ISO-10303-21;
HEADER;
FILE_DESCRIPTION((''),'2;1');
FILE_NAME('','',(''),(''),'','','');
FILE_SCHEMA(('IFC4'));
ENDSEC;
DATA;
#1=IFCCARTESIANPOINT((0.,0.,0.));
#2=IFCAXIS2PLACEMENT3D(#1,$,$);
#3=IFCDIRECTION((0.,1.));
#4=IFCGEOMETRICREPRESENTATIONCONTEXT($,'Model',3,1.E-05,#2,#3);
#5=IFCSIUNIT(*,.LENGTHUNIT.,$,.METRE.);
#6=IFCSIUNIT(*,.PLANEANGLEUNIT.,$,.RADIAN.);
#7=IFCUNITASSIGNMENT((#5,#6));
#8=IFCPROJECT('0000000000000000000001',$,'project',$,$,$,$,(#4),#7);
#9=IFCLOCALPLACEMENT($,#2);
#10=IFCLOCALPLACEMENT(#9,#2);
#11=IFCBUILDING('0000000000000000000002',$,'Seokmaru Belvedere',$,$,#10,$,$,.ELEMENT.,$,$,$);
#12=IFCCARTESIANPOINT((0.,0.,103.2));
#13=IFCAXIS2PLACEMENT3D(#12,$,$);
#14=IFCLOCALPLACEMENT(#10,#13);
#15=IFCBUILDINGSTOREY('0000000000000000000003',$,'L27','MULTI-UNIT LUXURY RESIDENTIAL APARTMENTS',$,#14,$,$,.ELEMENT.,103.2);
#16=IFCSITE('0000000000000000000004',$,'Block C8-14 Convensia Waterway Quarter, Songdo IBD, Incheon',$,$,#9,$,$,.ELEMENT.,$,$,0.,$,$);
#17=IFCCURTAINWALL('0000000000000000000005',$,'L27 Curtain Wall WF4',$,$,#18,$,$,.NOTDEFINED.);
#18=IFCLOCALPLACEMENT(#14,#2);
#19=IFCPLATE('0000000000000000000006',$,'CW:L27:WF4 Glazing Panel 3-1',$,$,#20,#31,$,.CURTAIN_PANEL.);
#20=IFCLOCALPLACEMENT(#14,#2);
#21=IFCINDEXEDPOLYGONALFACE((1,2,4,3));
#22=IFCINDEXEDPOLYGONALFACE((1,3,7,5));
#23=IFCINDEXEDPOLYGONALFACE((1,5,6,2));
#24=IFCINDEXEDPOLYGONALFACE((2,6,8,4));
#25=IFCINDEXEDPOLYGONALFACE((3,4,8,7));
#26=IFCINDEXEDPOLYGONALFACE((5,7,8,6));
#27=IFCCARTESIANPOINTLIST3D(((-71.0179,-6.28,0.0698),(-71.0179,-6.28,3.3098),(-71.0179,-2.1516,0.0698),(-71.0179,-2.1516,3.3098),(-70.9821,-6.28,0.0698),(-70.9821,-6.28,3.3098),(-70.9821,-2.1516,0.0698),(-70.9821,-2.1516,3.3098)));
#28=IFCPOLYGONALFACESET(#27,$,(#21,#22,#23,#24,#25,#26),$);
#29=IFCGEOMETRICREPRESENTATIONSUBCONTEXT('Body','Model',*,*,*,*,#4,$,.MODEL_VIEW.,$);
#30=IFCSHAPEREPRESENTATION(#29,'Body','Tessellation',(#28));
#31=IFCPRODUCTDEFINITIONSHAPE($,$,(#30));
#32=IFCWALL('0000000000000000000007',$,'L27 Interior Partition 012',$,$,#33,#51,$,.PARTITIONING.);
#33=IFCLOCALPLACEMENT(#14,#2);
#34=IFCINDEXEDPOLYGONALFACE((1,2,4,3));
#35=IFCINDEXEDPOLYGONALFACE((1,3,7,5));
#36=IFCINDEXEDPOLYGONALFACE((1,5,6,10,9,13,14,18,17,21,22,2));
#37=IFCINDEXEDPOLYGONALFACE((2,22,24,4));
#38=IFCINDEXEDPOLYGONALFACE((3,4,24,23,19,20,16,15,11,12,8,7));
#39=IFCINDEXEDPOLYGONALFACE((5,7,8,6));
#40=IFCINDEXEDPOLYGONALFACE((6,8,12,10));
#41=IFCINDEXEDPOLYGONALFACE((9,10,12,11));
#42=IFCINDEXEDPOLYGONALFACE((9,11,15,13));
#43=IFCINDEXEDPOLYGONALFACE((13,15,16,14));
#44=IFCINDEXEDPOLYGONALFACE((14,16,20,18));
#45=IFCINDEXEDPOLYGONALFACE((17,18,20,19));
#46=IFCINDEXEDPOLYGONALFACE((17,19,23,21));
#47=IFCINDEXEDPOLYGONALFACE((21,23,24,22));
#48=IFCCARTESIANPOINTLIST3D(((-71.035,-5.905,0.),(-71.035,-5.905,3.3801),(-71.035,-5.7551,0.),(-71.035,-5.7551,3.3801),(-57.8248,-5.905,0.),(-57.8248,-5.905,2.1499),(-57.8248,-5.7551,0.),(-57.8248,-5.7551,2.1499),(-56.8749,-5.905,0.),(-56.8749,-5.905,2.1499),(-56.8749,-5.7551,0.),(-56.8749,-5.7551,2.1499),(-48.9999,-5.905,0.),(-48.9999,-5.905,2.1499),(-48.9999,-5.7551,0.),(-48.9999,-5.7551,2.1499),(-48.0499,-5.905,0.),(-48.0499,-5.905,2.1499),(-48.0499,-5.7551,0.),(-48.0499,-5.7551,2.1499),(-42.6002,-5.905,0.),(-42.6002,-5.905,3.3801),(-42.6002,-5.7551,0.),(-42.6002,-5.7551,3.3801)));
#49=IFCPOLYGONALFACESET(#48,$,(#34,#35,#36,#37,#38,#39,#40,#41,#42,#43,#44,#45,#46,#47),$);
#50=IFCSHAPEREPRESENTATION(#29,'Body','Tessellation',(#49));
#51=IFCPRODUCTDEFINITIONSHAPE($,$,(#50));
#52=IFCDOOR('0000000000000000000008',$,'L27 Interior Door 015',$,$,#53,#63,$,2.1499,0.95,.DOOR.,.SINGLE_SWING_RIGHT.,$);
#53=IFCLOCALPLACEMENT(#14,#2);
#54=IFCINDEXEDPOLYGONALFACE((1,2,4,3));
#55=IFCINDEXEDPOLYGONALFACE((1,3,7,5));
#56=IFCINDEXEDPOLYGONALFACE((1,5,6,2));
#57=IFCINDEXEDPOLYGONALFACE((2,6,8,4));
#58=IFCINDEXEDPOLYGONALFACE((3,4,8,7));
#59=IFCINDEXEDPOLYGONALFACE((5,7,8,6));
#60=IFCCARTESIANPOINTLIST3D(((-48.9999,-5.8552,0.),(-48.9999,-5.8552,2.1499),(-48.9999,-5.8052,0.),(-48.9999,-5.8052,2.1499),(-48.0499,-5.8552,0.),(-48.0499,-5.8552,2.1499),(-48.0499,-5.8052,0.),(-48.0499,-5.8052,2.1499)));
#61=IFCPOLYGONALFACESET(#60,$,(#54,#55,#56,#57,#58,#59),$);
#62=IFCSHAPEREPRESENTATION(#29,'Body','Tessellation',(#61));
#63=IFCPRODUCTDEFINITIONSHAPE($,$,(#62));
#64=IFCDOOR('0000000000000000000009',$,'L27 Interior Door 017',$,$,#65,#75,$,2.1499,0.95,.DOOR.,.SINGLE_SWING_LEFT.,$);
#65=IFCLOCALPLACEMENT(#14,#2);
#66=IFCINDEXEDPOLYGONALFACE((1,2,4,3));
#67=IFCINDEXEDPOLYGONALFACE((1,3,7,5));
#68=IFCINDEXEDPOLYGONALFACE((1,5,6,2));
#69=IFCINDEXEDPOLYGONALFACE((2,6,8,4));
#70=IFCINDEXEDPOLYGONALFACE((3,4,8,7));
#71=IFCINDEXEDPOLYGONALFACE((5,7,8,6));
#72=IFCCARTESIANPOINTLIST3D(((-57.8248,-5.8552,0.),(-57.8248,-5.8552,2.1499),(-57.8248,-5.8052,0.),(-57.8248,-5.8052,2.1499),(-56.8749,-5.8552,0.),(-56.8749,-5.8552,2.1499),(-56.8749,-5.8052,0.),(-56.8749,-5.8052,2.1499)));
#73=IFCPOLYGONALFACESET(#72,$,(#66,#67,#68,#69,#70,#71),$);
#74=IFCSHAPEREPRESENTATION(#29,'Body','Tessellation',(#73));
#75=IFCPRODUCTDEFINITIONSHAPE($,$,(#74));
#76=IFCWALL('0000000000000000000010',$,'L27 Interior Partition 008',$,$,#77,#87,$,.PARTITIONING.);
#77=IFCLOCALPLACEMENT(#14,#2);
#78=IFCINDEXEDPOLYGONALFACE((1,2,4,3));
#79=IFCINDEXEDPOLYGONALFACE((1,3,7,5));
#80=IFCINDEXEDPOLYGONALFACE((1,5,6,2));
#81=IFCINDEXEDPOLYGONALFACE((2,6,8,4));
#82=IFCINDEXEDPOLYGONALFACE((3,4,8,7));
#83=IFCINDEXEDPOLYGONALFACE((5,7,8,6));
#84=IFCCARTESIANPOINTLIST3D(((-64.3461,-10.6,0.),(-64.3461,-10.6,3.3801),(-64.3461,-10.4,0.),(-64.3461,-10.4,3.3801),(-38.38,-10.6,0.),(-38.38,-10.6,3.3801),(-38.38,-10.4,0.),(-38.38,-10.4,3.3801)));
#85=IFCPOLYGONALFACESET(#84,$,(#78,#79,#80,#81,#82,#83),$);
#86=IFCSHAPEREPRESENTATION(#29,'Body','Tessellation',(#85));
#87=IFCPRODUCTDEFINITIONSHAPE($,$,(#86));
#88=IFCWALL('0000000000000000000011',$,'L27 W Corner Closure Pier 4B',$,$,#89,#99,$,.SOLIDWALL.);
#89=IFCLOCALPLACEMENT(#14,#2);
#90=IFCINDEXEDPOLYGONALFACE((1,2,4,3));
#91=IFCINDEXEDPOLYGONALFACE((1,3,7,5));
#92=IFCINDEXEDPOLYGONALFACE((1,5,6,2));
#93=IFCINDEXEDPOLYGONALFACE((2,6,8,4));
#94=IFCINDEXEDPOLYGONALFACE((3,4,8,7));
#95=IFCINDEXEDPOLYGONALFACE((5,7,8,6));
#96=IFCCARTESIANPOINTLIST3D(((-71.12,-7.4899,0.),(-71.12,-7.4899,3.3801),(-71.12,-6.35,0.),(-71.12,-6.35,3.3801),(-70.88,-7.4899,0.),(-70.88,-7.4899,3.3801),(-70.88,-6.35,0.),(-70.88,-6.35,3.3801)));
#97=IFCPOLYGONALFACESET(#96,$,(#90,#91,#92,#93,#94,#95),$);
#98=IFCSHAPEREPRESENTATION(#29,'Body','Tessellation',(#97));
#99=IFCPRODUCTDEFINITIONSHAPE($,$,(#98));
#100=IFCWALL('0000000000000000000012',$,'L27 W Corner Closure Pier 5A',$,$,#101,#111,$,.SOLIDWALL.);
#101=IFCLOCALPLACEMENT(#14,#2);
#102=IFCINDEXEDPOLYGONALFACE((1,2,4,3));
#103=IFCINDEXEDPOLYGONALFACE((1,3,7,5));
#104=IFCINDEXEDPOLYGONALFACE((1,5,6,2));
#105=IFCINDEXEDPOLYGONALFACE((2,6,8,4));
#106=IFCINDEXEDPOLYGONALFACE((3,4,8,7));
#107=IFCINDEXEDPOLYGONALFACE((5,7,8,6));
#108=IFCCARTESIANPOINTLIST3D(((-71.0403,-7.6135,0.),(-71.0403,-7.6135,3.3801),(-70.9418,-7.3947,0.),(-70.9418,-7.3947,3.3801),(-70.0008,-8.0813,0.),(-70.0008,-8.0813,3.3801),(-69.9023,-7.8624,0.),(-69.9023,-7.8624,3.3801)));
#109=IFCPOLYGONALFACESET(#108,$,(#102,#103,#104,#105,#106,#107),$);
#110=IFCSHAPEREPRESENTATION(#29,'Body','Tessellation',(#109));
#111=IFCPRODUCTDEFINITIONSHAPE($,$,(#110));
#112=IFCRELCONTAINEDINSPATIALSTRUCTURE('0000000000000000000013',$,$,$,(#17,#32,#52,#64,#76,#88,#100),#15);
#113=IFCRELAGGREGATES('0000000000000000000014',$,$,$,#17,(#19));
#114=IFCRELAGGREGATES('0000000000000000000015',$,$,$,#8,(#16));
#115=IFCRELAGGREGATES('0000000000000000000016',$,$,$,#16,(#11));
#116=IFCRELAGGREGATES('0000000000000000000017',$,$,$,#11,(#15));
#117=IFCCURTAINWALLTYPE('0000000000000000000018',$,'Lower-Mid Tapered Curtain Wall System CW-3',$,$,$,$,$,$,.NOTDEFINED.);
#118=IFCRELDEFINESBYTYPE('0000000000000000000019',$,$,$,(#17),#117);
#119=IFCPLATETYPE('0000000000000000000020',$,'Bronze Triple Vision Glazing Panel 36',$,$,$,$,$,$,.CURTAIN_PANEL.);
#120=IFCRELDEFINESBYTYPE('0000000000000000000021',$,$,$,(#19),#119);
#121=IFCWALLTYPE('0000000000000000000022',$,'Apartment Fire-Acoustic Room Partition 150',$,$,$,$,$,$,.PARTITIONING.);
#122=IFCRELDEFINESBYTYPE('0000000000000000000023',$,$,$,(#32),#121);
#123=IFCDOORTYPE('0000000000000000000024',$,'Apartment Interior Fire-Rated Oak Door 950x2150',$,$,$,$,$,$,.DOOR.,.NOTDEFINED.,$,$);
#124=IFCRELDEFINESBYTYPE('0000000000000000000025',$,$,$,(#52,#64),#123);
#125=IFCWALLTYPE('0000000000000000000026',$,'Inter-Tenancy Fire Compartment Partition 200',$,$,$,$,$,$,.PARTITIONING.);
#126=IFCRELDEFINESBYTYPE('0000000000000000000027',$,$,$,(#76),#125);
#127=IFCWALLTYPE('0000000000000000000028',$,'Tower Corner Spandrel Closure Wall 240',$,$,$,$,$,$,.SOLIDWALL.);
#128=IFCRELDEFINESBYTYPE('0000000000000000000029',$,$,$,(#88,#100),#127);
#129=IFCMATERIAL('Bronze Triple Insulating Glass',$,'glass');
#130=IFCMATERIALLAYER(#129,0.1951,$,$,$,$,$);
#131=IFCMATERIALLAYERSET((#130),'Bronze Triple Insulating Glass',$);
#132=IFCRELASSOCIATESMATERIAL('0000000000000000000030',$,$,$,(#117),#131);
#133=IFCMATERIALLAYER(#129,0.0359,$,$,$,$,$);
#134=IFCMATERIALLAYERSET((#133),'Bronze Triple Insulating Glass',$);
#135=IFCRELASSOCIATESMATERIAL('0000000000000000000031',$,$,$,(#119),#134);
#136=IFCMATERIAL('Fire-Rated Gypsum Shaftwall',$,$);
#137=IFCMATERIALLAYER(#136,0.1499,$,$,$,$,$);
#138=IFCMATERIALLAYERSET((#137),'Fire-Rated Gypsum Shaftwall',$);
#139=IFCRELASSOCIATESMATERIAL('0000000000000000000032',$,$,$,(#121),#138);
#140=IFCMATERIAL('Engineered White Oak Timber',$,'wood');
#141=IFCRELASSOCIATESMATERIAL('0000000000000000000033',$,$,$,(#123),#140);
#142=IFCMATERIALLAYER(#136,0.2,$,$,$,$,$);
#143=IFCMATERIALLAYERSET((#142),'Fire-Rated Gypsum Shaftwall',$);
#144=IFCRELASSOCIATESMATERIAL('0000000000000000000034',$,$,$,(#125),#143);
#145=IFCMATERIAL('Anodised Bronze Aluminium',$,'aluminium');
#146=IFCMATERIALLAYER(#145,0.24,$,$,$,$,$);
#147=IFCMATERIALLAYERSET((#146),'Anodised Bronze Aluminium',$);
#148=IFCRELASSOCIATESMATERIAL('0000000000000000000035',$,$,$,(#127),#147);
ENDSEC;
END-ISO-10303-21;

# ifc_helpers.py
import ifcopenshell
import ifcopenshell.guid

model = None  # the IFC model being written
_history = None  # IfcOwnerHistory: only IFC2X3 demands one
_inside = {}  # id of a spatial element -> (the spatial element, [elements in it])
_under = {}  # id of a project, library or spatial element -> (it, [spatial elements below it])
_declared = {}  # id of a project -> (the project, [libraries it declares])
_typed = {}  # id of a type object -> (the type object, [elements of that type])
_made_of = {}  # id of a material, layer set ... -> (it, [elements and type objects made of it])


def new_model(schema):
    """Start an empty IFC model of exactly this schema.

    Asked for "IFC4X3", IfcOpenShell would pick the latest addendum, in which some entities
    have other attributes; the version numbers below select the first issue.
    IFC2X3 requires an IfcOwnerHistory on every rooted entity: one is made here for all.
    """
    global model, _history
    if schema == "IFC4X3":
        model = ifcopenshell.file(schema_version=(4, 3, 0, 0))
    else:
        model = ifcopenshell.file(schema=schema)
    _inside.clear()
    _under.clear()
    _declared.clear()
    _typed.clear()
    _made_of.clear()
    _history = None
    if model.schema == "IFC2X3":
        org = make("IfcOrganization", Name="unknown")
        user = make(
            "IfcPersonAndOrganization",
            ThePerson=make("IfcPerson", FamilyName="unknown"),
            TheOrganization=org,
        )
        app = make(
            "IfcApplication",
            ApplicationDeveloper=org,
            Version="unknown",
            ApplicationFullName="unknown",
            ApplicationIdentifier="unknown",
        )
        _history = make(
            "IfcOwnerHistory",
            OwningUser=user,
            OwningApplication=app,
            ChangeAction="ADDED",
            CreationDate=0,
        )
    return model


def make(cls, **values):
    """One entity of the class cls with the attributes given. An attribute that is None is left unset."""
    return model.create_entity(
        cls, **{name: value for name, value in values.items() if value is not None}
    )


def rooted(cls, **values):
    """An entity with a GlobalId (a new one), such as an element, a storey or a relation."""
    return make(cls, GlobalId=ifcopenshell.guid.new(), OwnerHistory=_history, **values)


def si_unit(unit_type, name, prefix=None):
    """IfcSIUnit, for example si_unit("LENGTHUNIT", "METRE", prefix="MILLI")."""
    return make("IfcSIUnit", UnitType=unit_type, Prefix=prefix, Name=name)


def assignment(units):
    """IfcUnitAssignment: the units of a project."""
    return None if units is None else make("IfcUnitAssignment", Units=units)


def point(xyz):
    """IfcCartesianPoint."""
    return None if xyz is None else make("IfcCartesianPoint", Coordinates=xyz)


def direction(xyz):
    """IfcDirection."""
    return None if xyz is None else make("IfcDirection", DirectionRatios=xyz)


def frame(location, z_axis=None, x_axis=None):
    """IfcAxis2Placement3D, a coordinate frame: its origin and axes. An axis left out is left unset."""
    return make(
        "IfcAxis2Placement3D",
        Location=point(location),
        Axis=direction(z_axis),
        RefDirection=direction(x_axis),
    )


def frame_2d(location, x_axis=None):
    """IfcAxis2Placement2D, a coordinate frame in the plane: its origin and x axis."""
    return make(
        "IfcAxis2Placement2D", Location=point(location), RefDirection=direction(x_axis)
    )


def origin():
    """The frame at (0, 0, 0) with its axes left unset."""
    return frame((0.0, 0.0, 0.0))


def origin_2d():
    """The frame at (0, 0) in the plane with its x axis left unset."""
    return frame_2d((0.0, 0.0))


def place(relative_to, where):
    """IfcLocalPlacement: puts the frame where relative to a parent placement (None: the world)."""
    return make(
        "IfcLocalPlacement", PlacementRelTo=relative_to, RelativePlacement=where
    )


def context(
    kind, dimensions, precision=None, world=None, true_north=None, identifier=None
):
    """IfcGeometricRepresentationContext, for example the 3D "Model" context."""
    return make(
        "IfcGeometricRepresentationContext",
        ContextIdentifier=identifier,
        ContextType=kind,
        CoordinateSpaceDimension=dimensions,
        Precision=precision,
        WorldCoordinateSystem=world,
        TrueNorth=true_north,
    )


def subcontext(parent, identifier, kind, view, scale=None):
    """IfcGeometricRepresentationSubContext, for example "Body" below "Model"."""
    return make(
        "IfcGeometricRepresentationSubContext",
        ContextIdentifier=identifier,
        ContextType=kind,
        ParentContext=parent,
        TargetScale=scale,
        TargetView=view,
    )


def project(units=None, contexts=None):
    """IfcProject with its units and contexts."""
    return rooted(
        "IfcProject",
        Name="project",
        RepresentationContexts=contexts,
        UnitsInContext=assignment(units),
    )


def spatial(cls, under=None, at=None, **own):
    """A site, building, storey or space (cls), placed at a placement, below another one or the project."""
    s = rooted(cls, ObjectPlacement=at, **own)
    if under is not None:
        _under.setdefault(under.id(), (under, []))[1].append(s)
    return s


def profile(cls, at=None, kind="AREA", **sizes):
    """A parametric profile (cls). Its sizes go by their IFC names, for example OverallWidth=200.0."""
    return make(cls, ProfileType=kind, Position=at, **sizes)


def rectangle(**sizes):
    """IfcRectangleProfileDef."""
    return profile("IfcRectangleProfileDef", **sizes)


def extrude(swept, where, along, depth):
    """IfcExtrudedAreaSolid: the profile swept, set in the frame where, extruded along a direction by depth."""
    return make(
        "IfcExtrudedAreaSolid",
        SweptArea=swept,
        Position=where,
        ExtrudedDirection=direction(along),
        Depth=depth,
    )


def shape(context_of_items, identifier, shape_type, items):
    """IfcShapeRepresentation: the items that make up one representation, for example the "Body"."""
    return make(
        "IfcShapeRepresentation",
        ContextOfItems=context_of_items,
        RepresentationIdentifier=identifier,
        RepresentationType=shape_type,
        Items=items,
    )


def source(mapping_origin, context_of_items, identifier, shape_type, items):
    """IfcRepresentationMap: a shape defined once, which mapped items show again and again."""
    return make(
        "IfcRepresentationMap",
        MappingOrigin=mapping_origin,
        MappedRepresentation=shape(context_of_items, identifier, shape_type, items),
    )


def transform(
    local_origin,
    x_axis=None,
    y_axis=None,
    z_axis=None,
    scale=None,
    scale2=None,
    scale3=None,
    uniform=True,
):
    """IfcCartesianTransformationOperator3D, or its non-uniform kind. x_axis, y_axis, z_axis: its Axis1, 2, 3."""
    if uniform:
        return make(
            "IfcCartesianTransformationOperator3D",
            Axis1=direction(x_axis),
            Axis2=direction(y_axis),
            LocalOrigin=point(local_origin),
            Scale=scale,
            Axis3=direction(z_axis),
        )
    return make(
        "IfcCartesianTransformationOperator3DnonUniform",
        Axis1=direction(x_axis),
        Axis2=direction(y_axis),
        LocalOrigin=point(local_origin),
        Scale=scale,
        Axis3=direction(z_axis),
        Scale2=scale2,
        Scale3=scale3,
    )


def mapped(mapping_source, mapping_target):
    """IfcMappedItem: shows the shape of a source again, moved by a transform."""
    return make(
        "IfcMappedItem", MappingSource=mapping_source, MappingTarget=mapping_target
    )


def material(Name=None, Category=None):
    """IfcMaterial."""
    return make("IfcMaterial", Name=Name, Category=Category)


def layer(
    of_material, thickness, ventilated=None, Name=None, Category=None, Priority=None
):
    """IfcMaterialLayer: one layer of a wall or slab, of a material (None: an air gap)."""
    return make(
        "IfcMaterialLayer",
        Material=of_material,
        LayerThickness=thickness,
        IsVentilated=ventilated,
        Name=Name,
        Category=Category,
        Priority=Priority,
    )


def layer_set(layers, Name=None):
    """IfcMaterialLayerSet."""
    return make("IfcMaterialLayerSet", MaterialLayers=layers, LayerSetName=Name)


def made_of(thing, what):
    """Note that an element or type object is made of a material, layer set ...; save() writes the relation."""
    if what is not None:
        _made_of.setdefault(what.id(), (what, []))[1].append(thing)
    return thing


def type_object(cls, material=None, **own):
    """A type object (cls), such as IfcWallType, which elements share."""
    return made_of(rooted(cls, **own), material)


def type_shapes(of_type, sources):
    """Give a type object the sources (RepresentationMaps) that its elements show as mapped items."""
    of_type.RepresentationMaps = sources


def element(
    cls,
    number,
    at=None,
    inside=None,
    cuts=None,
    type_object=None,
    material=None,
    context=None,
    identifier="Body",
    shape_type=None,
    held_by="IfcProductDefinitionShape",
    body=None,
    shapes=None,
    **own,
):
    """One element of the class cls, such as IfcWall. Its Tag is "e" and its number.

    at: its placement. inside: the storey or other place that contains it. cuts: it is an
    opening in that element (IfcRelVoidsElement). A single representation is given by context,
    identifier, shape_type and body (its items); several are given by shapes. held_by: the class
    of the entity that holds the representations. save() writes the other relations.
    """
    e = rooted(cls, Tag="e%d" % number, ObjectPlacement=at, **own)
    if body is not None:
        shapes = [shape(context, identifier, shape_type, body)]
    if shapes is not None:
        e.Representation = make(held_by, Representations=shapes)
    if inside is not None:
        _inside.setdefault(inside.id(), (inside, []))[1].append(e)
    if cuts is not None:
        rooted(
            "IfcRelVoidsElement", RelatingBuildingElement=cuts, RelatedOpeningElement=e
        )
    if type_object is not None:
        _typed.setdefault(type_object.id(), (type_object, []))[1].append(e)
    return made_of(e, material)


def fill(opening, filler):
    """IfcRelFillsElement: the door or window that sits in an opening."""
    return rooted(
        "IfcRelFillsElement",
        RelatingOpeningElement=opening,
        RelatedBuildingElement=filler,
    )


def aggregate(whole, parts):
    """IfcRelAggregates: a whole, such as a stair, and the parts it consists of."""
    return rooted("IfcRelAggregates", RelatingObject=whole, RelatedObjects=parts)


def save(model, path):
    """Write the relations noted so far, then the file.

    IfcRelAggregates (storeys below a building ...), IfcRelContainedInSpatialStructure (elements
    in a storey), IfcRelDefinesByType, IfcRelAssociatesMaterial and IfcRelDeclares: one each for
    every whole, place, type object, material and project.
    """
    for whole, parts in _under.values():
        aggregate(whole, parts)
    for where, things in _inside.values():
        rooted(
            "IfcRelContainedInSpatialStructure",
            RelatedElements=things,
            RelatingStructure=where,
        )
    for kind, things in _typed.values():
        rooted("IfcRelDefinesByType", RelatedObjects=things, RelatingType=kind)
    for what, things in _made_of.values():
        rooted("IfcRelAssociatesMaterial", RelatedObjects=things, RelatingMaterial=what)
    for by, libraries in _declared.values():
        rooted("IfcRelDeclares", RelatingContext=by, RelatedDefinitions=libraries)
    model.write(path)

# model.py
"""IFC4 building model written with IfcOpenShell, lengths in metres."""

from ifc_helpers import new_model, si_unit, direction, frame, frame_2d, origin, origin_2d, place, context, subcontext, project, spatial, rectangle, extrude, source, transform, mapped, material, layer, layer_set, type_object, type_shapes, element, fill, aggregate, save


model = new_model("IFC4")

# Units and contexts
model_context = context("Model", 3, precision=1e-05, world=origin(), true_north=direction((0.0, 1.0)))
body_context = subcontext(model_context, "Body", "Model", "MODEL_VIEW")
ifc_project = project(units=[si_unit("LENGTHUNIT", "METRE"), si_unit("PLANEANGLEUNIT", "RADIAN")], contexts=[model_context])

# Site, building, storey
site_placement = place(None, origin())
site = spatial("IfcSite", under=ifc_project, at=site_placement, Name="Block C8-14 Convensia Waterway Quarter, Songdo IBD, Incheon", CompositionType="ELEMENT", RefElevation=0.0)
building_placement = place(site_placement, origin())
building = spatial("IfcBuilding", under=site, at=building_placement, Name="Seokmaru Belvedere", CompositionType="ELEMENT")
storey_placement = place(building_placement, frame((0.0, 0.0, 103.2)))
storey = spatial("IfcBuildingStorey", under=building, at=storey_placement, Name="L27", Description="MULTI-UNIT LUXURY RESIDENTIAL APARTMENTS", CompositionType="ELEMENT", Elevation=103.2)

# Curtain wall
ifc_material_1 = material(Name="Bronze Triple Insulating Glass", Category="glass")
ifc_layer_1 = layer(ifc_material_1, 0.1951)
ifc_layer_set_1 = layer_set([ifc_layer_1], Name="Bronze Triple Insulating Glass")
curtain_wall_type = type_object("IfcCurtainWallType", Name="Lower-Mid Tapered Curtain Wall System CW-3", PredefinedType="NOTDEFINED", material=ifc_layer_set_1)
curtain_wall_1_placement = place(storey_placement, origin())
curtain_wall_1 = element("IfcCurtainWall", 1, at=curtain_wall_1_placement, inside=storey, type_object=curtain_wall_type, Name="L27 Curtain Wall WF4", PredefinedType="NOTDEFINED")
ifc_material_2 = material(Name="Anodised Bronze Aluminium", Category="aluminium")

# Plate
ifc_layer_2 = layer(ifc_material_1, 0.0359)
ifc_layer_set_2 = layer_set([ifc_layer_2], Name="Bronze Triple Insulating Glass")
plate_type = type_object("IfcPlateType", Name="Bronze Triple Vision Glazing Panel 36", PredefinedType="CURTAIN_PANEL", material=ifc_layer_set_2)
shared_shape_1 = source(origin(), body_context, "Body", "SweptSolid", [
    extrude(rectangle(XDim=4.1284, YDim=0.0359, at=origin_2d()), origin(), (0.0, 0.0, 1.0), 3.24),
])
plate_1_placement = place(storey_placement, frame((-71.0, -4.2158, 0.0698), z_axis=(0.0, 0.0, 1.0), x_axis=(0.0, -1.0, 0.0)))
plate_1 = element("IfcPlate", 2, at=plate_1_placement, type_object=plate_type, Name="CW:L27:WF4 Glazing Panel 3-1", PredefinedType="CURTAIN_PANEL", context=body_context, shape_type="MappedRepresentation", body=[
    mapped(shared_shape_1, transform((0.0, 0.0, 0.0), scale=1.0)),
])
aggregate(curtain_wall_1, [plate_1])

# Wall, openings, doors
ifc_material_3 = material(Name="Fire-Rated Gypsum Shaftwall")
ifc_layer_3 = layer(ifc_material_3, 0.1499)
ifc_layer_set_3 = layer_set([ifc_layer_3], Name="Fire-Rated Gypsum Shaftwall")
wall_type_1 = type_object("IfcWallType", Name="Apartment Fire-Acoustic Room Partition 150", PredefinedType="PARTITIONING", material=ifc_layer_set_3)
wall_1_placement = place(storey_placement, frame((-71.0349, -5.8301, 0.0), z_axis=(0.0, 0.0, 1.0), x_axis=(1.0, 0.0, 0.0)))
wall_1 = element("IfcWall", 3, at=wall_1_placement, inside=storey, type_object=wall_type_1, Name="L27 Interior Partition 012", PredefinedType="PARTITIONING", context=body_context, shape_type="SweptSolid", body=[
    extrude(rectangle(XDim=28.4348, YDim=0.1499, at=frame_2d((14.2173, 0.0))), origin(), (0.0, 0.0, 1.0), 3.3801),
])
opening_1_placement = place(wall_1_placement, frame((22.0349, 0.0, 0.0)))
opening_1 = element("IfcOpeningElement", 4, at=opening_1_placement, cuts=wall_1, PredefinedType="OPENING", context=body_context, shape_type="SweptSolid", body=[
    extrude(rectangle(XDim=0.95, YDim=2.1499, at=frame_2d((0.4751, 1.075))), frame((0.0, 0.085, 0.0), z_axis=(0.0, -1.0, 0.0), x_axis=(1.0, 0.0, 0.0)), (0.0, 0.0, 1.0), 0.1699),
])
opening_2_placement = place(wall_1_placement, frame((13.21, 0.0, 0.0)))
opening_2 = element("IfcOpeningElement", 5, at=opening_2_placement, cuts=wall_1, PredefinedType="OPENING", context=body_context, shape_type="SweptSolid", body=[
    extrude(rectangle(XDim=0.95, YDim=2.1499, at=frame_2d((0.4751, 1.075))), frame((0.0, 0.085, 0.0), z_axis=(0.0, -1.0, 0.0), x_axis=(1.0, 0.0, 0.0)), (0.0, 0.0, 1.0), 0.1699),
])
ifc_material_4 = material(Name="Engineered White Oak Timber", Category="wood")
door_type = type_object("IfcDoorType", Name="Apartment Interior Fire-Rated Oak Door 950x2150", OperationType="NOTDEFINED", PredefinedType="DOOR", material=ifc_material_4)
shared_shape_2 = source(origin(), body_context, "Body", "SweptSolid", [
    extrude(rectangle(XDim=0.95, YDim=2.1499, at=frame_2d((0.4751, 1.075))), frame((0.0, 0.0249, 0.0), z_axis=(0.0, -1.0, 0.0), x_axis=(1.0, 0.0, 0.0)), (0.0, 0.0, 1.0), 0.05),
])
type_shapes(door_type, [shared_shape_2])
door_1_placement = place(opening_1_placement, origin())
door_1 = element("IfcDoor", 6, at=door_1_placement, inside=storey, type_object=door_type, Name="L27 Interior Door 015", OperationType="SINGLE_SWING_RIGHT", OverallHeight=2.1499, OverallWidth=0.95, PredefinedType="DOOR", context=body_context, shape_type="MappedRepresentation", body=[
    mapped(shared_shape_2, transform((0.0, 0.0, 0.0), scale=1.0)),
])
fill(opening_1, door_1)
door_2_placement = place(opening_2_placement, origin())
door_2 = element("IfcDoor", 7, at=door_2_placement, inside=storey, type_object=door_type, Name="L27 Interior Door 017", OperationType="SINGLE_SWING_LEFT", OverallHeight=2.1499, OverallWidth=0.95, PredefinedType="DOOR", context=body_context, shape_type="MappedRepresentation", body=[
    mapped(shared_shape_2, transform((0.0, 0.0, 0.0), scale=1.0)),
])
fill(opening_2, door_2)

# Walls
ifc_layer_4 = layer(ifc_material_3, 0.2)
ifc_layer_set_4 = layer_set([ifc_layer_4], Name="Fire-Rated Gypsum Shaftwall")
wall_type_2 = type_object("IfcWallType", Name="Inter-Tenancy Fire Compartment Partition 200", PredefinedType="PARTITIONING", material=ifc_layer_set_4)
wall_2_placement = place(storey_placement, frame((-64.3459, -10.5, 0.0), z_axis=(0.0, 0.0, 1.0), x_axis=(1.0, 0.0, 0.0)))
element("IfcWall", 8, at=wall_2_placement, inside=storey, type_object=wall_type_2, Name="L27 Interior Partition 008", PredefinedType="PARTITIONING", context=body_context, shape_type="SweptSolid", body=[
    extrude(rectangle(XDim=25.9661, YDim=0.2, at=frame_2d((12.9829, 0.0))), origin(), (0.0, 0.0, 1.0), 3.3801),
])
ifc_layer_5 = layer(ifc_material_2, 0.24)
ifc_layer_set_5 = layer_set([ifc_layer_5], Name="Anodised Bronze Aluminium")
wall_type_3 = type_object("IfcWallType", Name="Tower Corner Spandrel Closure Wall 240", PredefinedType="SOLIDWALL", material=ifc_layer_set_5)
for number, where, z_axis, x_axis, name in (
    (9, (-71.0, -6.3501, 0.0), (0.0, 0.0, 1.0), (0.0, -1.0, 0.0), "L27 W Corner Closure Pier 4B"),
    (10, (-70.991, -7.5042, 0.0), (0.0, 0.0, 1.0), (0.91193, -0.410347, 0.0), "L27 W Corner Closure Pier 5A"),
):
    element("IfcWall", number, at=place(storey_placement, frame(where, z_axis=z_axis, x_axis=x_axis)), inside=storey, type_object=wall_type_3, Name=name, PredefinedType="SOLIDWALL", context=body_context, shape_type="SweptSolid", body=[
        extrude(rectangle(XDim=1.1399, YDim=0.24, at=frame_2d((0.5698, 0.0))), origin(), (0.0, 0.0, 1.0), 3.3801),
    ])

save(model, "model.ifc")
